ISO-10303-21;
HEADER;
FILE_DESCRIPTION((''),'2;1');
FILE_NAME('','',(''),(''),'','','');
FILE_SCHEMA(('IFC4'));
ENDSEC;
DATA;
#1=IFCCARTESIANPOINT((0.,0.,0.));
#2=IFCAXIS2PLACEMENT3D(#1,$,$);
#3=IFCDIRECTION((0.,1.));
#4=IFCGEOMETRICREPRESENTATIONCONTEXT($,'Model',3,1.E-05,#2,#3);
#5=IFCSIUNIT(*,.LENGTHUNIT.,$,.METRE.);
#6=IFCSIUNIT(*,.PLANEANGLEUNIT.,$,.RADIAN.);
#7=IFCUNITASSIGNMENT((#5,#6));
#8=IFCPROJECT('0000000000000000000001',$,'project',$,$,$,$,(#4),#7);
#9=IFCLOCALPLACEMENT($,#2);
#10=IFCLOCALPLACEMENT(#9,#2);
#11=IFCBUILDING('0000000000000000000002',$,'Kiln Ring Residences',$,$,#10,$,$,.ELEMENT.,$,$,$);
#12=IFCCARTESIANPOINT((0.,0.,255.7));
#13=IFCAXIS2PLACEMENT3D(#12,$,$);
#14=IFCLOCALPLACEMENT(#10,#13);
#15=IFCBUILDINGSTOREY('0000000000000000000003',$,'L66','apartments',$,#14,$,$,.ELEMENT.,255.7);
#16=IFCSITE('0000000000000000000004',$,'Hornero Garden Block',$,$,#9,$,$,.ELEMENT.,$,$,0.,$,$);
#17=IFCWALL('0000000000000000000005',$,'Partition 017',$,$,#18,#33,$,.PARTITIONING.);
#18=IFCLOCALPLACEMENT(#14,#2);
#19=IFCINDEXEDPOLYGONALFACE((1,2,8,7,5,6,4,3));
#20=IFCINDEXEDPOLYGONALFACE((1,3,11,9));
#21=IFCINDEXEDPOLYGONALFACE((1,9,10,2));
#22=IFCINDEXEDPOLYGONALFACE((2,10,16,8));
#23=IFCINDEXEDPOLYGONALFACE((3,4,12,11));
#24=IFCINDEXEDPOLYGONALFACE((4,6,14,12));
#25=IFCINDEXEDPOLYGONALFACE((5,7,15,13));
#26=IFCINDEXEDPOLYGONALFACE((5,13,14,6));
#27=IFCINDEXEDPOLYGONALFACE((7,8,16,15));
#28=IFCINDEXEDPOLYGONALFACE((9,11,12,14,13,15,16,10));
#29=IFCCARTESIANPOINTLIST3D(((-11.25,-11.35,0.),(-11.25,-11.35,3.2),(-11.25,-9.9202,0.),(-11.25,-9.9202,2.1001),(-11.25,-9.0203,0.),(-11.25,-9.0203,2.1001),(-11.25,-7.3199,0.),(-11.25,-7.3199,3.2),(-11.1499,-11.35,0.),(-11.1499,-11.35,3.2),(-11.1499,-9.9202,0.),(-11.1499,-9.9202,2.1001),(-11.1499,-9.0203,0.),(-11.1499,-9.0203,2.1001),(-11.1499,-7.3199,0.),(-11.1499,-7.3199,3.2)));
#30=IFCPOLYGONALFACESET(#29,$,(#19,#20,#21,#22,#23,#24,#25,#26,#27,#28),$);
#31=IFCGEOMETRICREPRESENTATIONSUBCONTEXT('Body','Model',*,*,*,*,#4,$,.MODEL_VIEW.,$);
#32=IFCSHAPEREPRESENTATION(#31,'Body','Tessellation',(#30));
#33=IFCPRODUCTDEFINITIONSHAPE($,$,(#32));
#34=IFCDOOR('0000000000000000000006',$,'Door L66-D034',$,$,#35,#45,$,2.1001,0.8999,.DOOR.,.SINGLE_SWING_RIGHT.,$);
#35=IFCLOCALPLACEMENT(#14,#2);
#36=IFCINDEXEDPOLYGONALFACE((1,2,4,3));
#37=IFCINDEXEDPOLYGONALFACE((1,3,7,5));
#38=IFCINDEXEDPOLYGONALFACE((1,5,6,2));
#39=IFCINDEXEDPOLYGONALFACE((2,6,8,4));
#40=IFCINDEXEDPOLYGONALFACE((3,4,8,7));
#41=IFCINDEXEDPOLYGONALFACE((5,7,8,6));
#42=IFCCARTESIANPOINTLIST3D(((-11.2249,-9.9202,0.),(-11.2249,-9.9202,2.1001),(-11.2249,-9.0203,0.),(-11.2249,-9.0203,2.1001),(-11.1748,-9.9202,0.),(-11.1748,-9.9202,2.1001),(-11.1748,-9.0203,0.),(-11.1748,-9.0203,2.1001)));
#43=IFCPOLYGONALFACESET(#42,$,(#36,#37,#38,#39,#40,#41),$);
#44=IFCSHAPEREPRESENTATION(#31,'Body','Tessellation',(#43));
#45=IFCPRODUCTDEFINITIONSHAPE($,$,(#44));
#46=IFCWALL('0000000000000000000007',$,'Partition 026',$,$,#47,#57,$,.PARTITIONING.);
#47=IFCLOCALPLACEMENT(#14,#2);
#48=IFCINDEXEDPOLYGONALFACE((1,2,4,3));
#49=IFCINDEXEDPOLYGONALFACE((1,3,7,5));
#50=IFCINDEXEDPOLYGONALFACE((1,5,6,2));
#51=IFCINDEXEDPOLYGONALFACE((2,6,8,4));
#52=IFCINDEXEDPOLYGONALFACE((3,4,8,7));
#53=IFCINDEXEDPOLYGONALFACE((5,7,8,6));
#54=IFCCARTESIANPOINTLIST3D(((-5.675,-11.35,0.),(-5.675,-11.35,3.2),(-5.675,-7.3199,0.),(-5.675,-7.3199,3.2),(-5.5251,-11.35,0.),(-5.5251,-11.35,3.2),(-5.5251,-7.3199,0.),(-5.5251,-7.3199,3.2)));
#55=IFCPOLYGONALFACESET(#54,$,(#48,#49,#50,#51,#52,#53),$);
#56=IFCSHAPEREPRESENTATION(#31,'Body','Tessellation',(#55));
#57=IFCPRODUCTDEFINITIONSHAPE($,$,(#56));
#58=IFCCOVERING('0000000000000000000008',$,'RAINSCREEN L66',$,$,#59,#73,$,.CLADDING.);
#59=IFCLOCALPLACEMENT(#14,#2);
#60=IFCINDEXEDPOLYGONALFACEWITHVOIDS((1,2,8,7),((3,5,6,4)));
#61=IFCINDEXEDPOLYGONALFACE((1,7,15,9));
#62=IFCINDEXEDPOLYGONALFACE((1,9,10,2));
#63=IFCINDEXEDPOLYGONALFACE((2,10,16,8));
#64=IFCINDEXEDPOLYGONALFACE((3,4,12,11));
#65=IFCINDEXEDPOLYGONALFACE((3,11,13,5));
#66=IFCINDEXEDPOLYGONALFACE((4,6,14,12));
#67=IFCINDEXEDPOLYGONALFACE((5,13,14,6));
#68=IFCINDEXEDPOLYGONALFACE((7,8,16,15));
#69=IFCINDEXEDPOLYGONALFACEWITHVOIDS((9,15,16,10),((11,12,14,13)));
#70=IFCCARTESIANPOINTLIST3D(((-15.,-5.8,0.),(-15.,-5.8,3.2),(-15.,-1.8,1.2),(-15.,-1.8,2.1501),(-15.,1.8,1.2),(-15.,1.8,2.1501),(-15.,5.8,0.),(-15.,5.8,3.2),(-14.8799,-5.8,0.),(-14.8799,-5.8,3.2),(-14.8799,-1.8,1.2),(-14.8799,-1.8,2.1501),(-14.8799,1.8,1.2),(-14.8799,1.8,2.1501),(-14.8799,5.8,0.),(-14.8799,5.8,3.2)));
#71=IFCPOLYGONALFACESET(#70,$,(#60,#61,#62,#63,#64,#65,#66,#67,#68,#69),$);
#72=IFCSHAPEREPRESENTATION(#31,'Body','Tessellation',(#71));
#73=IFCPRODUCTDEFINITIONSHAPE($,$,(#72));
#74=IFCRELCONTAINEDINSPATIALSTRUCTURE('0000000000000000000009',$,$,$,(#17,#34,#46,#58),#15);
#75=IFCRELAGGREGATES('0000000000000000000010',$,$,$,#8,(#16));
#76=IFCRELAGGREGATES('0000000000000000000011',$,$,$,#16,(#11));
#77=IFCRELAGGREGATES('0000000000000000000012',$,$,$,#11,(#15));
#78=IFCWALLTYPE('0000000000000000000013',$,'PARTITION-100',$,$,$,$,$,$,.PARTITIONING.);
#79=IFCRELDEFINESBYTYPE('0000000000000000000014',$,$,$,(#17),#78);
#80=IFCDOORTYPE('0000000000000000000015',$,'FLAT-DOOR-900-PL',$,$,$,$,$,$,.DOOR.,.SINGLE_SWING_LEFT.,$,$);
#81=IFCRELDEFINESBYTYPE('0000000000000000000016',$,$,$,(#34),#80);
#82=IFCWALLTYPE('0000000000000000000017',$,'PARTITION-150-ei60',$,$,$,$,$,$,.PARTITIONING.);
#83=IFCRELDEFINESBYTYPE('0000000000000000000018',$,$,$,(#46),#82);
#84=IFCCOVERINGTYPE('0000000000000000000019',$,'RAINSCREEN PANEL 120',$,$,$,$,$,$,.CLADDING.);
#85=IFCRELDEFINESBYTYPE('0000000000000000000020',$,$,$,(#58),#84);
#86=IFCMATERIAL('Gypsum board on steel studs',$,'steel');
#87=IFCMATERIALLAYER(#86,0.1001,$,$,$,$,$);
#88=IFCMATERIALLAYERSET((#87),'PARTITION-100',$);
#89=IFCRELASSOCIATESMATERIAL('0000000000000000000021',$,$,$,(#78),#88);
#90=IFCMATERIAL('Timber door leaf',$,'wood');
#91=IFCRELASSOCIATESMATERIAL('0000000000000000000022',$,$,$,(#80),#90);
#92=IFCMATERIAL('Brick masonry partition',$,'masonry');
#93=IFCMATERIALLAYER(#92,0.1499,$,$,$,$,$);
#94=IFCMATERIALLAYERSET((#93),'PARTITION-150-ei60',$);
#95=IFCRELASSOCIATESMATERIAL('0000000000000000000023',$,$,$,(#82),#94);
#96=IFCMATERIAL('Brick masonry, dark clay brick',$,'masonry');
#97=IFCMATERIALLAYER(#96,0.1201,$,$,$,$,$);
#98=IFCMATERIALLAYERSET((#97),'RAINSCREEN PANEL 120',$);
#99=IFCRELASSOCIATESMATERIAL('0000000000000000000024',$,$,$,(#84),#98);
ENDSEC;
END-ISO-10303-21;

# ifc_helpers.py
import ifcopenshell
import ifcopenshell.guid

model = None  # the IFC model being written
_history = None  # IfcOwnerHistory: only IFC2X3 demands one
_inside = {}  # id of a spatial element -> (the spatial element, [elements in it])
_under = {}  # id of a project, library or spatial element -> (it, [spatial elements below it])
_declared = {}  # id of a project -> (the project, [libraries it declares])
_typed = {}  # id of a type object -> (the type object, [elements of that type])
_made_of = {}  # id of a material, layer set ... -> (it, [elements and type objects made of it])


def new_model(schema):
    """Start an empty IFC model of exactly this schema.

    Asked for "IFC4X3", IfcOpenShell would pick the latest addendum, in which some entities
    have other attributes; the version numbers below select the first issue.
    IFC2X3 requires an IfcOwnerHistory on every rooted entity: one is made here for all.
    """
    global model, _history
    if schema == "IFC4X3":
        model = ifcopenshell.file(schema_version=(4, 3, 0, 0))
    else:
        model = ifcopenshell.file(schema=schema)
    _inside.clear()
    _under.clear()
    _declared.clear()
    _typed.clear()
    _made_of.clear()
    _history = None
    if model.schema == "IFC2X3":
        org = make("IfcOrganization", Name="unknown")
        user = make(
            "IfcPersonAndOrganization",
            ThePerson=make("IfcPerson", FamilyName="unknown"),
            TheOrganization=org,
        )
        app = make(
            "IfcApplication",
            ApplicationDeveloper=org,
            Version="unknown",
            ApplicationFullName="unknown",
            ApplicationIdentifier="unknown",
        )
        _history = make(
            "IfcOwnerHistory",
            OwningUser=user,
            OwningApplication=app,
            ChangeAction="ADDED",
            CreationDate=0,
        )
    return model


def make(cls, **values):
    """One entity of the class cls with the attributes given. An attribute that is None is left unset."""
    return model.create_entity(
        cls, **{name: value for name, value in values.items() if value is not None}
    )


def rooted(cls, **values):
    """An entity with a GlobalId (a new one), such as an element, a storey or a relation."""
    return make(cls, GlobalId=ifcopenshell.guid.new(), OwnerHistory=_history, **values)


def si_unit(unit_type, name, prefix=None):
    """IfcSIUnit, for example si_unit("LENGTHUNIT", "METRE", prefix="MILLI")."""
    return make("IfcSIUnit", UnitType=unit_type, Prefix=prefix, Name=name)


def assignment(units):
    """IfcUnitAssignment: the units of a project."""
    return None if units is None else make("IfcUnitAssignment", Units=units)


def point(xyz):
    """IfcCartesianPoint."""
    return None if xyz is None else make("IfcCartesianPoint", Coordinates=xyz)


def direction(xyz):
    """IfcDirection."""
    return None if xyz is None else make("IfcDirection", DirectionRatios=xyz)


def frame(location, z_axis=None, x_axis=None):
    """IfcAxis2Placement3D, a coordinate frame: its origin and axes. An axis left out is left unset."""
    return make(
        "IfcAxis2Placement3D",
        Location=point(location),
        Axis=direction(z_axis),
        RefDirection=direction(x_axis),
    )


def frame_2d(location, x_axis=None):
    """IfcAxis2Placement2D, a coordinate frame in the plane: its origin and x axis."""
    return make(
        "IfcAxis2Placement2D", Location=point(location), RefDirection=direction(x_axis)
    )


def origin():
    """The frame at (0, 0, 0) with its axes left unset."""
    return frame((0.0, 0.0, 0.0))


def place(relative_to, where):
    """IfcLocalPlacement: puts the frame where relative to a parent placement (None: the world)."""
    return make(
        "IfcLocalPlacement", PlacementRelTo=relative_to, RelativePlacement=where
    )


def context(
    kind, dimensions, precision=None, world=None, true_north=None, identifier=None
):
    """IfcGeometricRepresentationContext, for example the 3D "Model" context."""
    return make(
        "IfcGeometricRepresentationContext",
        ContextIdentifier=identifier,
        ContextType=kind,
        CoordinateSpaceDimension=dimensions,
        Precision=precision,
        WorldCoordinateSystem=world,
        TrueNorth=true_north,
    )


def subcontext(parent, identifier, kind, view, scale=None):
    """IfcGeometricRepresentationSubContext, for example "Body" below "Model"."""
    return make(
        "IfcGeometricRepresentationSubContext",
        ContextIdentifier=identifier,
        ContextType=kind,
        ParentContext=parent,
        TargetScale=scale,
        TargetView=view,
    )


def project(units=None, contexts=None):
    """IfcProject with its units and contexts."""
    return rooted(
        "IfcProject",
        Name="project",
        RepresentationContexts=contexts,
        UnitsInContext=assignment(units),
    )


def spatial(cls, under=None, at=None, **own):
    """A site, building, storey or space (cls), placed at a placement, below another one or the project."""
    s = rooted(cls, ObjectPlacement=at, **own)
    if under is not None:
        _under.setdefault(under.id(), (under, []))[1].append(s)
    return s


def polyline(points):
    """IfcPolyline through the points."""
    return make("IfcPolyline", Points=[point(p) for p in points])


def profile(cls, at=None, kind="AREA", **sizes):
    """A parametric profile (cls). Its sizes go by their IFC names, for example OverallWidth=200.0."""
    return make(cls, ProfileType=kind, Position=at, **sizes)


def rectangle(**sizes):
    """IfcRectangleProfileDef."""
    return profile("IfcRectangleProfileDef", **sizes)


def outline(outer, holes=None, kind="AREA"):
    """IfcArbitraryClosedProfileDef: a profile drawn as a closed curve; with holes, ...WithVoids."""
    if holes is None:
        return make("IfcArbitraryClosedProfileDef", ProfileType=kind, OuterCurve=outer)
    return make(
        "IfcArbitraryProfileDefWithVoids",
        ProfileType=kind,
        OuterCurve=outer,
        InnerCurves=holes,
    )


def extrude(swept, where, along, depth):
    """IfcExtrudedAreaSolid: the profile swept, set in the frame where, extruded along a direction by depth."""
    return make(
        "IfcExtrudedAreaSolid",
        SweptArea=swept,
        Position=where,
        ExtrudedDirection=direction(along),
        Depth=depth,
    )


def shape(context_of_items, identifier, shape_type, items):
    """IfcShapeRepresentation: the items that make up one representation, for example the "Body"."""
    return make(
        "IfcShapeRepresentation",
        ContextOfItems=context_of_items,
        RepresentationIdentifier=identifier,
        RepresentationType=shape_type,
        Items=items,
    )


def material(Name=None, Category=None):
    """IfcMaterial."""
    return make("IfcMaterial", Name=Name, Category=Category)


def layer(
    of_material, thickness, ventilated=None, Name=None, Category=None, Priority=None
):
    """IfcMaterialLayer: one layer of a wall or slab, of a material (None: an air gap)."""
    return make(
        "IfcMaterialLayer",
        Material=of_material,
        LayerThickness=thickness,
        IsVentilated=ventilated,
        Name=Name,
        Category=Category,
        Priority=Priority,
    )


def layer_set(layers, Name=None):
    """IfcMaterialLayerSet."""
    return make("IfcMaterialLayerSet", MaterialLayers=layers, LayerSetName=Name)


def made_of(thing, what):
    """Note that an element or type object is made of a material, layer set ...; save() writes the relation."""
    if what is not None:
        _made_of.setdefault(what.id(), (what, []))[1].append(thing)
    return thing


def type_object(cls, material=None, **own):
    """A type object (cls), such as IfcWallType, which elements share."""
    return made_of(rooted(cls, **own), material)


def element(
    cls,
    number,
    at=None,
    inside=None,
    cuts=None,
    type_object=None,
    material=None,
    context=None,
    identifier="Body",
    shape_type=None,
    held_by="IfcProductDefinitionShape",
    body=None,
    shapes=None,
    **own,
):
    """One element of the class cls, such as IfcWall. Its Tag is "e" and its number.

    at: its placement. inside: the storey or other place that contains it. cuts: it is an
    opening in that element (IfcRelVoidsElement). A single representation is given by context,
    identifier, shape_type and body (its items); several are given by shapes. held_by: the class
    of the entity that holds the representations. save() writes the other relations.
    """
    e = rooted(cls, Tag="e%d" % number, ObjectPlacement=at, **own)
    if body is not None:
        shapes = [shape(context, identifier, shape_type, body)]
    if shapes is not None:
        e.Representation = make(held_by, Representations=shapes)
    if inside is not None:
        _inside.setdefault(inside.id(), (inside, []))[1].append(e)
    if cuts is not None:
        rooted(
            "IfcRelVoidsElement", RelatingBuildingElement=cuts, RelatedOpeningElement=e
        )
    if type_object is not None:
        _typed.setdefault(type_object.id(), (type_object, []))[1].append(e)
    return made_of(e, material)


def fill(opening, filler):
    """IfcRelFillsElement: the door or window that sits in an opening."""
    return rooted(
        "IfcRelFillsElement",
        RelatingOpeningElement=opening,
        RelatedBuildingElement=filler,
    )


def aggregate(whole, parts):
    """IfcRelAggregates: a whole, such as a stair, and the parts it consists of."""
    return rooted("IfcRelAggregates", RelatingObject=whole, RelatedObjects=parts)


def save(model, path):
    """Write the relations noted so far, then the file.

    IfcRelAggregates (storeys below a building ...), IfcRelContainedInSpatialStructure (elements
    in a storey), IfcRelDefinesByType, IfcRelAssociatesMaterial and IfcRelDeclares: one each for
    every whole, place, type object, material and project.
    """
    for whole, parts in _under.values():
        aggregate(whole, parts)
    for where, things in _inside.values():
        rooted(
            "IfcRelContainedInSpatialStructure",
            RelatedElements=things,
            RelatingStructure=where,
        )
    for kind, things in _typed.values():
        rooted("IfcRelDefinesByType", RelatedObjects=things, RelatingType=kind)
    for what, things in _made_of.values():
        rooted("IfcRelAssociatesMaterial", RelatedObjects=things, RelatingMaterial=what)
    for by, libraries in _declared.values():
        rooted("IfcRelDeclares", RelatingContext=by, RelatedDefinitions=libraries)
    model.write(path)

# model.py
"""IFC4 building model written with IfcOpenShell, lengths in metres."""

from ifc_helpers import new_model, si_unit, direction, frame, frame_2d, origin, place, context, subcontext, project, spatial, polyline, rectangle, outline, extrude, material, layer, layer_set, type_object, element, fill, save


model = new_model("IFC4")

# Units and contexts
model_context = context("Model", 3, precision=1e-05, world=origin(), true_north=direction((0.0, 1.0)))
body_context = subcontext(model_context, "Body", "Model", "MODEL_VIEW")
ifc_project = project(units=[si_unit("LENGTHUNIT", "METRE"), si_unit("PLANEANGLEUNIT", "RADIAN")], contexts=[model_context])

# Site, building, storey
site_placement = place(None, origin())
site = spatial("IfcSite", under=ifc_project, at=site_placement, Name="Hornero Garden Block", CompositionType="ELEMENT", RefElevation=0.0)
building_placement = place(site_placement, origin())
building = spatial("IfcBuilding", under=site, at=building_placement, Name="Kiln Ring Residences", CompositionType="ELEMENT")
storey_placement = place(building_placement, frame((0.0, 0.0, 255.7)))
storey = spatial("IfcBuildingStorey", under=building, at=storey_placement, Name="L66", Description="apartments", CompositionType="ELEMENT", Elevation=255.7)

# Wall, opening, door
ifc_material_1 = material(Name="Gypsum board on steel studs", Category="steel")
ifc_layer_1 = layer(ifc_material_1, 0.1001)
ifc_layer_set_1 = layer_set([ifc_layer_1], Name="PARTITION-100")
wall_type_1 = type_object("IfcWallType", Name="PARTITION-100", PredefinedType="PARTITIONING", material=ifc_layer_set_1)
wall_1_placement = place(storey_placement, frame((-11.2, -11.3501, 0.0), z_axis=(0.0, 0.0, 1.0), x_axis=(0.0, 1.0, 0.0)))
wall_1 = element("IfcWall", 1, at=wall_1_placement, inside=storey, type_object=wall_type_1, Name="Partition 017", PredefinedType="PARTITIONING", context=body_context, shape_type="SweptSolid", body=[
    extrude(rectangle(XDim=4.03, YDim=0.1001, at=frame_2d((2.0151, 0.0))), origin(), (0.0, 0.0, 1.0), 3.2),
])
opening_placement = place(wall_1_placement, frame((1.4299, 0.0, 0.0)))
opening = element("IfcOpeningElement", 2, at=opening_placement, cuts=wall_1, PredefinedType="OPENING", context=body_context, shape_type="SweptSolid", body=[
    extrude(rectangle(XDim=0.8999, YDim=2.1001, at=frame_2d((0.45, 1.05))), frame((0.0, 0.0601, 0.0), z_axis=(0.0, -1.0, 0.0), x_axis=(1.0, 0.0, 0.0)), (0.0, 0.0, 1.0), 0.1201),
])
ifc_material_2 = material(Name="Timber door leaf", Category="wood")
door_type = type_object("IfcDoorType", Name="FLAT-DOOR-900-PL", OperationType="SINGLE_SWING_LEFT", PredefinedType="DOOR", material=ifc_material_2)
door_placement = place(opening_placement, origin())
door = element("IfcDoor", 3, at=door_placement, inside=storey, type_object=door_type, Name="Door L66-D034", OperationType="SINGLE_SWING_RIGHT", OverallHeight=2.1001, OverallWidth=0.8999, PredefinedType="DOOR", context=body_context, shape_type="SweptSolid", body=[
    extrude(rectangle(XDim=0.8999, YDim=2.1001, at=frame_2d((0.45, 1.05))), frame((0.0, 0.0249, 0.0), z_axis=(0.0, -1.0, 0.0), x_axis=(1.0, 0.0, 0.0)), (0.0, 0.0, 1.0), 0.05),
])
fill(opening, door)

# Wall
ifc_material_3 = material(Name="Brick masonry partition", Category="masonry")
ifc_layer_2 = layer(ifc_material_3, 0.1499)
ifc_layer_set_2 = layer_set([ifc_layer_2], Name="PARTITION-150-ei60")
wall_type_2 = type_object("IfcWallType", Name="PARTITION-150-ei60", PredefinedType="PARTITIONING", material=ifc_layer_set_2)
wall_2_placement = place(storey_placement, frame((-5.6001, -11.3501, 0.0), z_axis=(0.0, 0.0, 1.0), x_axis=(0.0, 1.0, 0.0)))
element("IfcWall", 4, at=wall_2_placement, inside=storey, type_object=wall_type_2, Name="Partition 026", PredefinedType="PARTITIONING", context=body_context, shape_type="SweptSolid", body=[
    extrude(rectangle(XDim=4.03, YDim=0.1499, at=frame_2d((2.0151, 0.0))), origin(), (0.0, 0.0, 1.0), 3.2),
])

# Covering
ifc_material_4 = material(Name="Brick masonry, dark clay brick", Category="masonry")
ifc_layer_3 = layer(ifc_material_4, 0.1201)
ifc_layer_set_3 = layer_set([ifc_layer_3], Name="RAINSCREEN PANEL 120")
covering_type = type_object("IfcCoveringType", Name="RAINSCREEN PANEL 120", PredefinedType="CLADDING", material=ifc_layer_set_3)
covering_placement = place(storey_placement, frame((-14.9399, -5.8, 0.0), z_axis=(0.0, 0.0, 1.0), x_axis=(0.0, 1.0, 0.0)))
element("IfcCovering", 5, at=covering_placement, inside=storey, type_object=covering_type, Name="RAINSCREEN L66", PredefinedType="CLADDING", context=body_context, shape_type="SweptSolid", body=[
    extrude(outline(polyline([(0.0, 0.0), (11.6001, 0.0), (11.6001, 3.2), (0.0, 3.2), (0.0, 0.0)]), holes=[polyline([(4.0, 2.1501), (4.0, 1.2), (7.6001, 1.2), (7.6001, 2.1501), (4.0, 2.1501)])]), frame((0.0, 0.0601, 0.0), z_axis=(0.0, -1.0, 0.0), x_axis=(1.0, 0.0, 0.0)), (0.0, 0.0, 1.0), 0.1201),
])

save(model, "model.ifc")
